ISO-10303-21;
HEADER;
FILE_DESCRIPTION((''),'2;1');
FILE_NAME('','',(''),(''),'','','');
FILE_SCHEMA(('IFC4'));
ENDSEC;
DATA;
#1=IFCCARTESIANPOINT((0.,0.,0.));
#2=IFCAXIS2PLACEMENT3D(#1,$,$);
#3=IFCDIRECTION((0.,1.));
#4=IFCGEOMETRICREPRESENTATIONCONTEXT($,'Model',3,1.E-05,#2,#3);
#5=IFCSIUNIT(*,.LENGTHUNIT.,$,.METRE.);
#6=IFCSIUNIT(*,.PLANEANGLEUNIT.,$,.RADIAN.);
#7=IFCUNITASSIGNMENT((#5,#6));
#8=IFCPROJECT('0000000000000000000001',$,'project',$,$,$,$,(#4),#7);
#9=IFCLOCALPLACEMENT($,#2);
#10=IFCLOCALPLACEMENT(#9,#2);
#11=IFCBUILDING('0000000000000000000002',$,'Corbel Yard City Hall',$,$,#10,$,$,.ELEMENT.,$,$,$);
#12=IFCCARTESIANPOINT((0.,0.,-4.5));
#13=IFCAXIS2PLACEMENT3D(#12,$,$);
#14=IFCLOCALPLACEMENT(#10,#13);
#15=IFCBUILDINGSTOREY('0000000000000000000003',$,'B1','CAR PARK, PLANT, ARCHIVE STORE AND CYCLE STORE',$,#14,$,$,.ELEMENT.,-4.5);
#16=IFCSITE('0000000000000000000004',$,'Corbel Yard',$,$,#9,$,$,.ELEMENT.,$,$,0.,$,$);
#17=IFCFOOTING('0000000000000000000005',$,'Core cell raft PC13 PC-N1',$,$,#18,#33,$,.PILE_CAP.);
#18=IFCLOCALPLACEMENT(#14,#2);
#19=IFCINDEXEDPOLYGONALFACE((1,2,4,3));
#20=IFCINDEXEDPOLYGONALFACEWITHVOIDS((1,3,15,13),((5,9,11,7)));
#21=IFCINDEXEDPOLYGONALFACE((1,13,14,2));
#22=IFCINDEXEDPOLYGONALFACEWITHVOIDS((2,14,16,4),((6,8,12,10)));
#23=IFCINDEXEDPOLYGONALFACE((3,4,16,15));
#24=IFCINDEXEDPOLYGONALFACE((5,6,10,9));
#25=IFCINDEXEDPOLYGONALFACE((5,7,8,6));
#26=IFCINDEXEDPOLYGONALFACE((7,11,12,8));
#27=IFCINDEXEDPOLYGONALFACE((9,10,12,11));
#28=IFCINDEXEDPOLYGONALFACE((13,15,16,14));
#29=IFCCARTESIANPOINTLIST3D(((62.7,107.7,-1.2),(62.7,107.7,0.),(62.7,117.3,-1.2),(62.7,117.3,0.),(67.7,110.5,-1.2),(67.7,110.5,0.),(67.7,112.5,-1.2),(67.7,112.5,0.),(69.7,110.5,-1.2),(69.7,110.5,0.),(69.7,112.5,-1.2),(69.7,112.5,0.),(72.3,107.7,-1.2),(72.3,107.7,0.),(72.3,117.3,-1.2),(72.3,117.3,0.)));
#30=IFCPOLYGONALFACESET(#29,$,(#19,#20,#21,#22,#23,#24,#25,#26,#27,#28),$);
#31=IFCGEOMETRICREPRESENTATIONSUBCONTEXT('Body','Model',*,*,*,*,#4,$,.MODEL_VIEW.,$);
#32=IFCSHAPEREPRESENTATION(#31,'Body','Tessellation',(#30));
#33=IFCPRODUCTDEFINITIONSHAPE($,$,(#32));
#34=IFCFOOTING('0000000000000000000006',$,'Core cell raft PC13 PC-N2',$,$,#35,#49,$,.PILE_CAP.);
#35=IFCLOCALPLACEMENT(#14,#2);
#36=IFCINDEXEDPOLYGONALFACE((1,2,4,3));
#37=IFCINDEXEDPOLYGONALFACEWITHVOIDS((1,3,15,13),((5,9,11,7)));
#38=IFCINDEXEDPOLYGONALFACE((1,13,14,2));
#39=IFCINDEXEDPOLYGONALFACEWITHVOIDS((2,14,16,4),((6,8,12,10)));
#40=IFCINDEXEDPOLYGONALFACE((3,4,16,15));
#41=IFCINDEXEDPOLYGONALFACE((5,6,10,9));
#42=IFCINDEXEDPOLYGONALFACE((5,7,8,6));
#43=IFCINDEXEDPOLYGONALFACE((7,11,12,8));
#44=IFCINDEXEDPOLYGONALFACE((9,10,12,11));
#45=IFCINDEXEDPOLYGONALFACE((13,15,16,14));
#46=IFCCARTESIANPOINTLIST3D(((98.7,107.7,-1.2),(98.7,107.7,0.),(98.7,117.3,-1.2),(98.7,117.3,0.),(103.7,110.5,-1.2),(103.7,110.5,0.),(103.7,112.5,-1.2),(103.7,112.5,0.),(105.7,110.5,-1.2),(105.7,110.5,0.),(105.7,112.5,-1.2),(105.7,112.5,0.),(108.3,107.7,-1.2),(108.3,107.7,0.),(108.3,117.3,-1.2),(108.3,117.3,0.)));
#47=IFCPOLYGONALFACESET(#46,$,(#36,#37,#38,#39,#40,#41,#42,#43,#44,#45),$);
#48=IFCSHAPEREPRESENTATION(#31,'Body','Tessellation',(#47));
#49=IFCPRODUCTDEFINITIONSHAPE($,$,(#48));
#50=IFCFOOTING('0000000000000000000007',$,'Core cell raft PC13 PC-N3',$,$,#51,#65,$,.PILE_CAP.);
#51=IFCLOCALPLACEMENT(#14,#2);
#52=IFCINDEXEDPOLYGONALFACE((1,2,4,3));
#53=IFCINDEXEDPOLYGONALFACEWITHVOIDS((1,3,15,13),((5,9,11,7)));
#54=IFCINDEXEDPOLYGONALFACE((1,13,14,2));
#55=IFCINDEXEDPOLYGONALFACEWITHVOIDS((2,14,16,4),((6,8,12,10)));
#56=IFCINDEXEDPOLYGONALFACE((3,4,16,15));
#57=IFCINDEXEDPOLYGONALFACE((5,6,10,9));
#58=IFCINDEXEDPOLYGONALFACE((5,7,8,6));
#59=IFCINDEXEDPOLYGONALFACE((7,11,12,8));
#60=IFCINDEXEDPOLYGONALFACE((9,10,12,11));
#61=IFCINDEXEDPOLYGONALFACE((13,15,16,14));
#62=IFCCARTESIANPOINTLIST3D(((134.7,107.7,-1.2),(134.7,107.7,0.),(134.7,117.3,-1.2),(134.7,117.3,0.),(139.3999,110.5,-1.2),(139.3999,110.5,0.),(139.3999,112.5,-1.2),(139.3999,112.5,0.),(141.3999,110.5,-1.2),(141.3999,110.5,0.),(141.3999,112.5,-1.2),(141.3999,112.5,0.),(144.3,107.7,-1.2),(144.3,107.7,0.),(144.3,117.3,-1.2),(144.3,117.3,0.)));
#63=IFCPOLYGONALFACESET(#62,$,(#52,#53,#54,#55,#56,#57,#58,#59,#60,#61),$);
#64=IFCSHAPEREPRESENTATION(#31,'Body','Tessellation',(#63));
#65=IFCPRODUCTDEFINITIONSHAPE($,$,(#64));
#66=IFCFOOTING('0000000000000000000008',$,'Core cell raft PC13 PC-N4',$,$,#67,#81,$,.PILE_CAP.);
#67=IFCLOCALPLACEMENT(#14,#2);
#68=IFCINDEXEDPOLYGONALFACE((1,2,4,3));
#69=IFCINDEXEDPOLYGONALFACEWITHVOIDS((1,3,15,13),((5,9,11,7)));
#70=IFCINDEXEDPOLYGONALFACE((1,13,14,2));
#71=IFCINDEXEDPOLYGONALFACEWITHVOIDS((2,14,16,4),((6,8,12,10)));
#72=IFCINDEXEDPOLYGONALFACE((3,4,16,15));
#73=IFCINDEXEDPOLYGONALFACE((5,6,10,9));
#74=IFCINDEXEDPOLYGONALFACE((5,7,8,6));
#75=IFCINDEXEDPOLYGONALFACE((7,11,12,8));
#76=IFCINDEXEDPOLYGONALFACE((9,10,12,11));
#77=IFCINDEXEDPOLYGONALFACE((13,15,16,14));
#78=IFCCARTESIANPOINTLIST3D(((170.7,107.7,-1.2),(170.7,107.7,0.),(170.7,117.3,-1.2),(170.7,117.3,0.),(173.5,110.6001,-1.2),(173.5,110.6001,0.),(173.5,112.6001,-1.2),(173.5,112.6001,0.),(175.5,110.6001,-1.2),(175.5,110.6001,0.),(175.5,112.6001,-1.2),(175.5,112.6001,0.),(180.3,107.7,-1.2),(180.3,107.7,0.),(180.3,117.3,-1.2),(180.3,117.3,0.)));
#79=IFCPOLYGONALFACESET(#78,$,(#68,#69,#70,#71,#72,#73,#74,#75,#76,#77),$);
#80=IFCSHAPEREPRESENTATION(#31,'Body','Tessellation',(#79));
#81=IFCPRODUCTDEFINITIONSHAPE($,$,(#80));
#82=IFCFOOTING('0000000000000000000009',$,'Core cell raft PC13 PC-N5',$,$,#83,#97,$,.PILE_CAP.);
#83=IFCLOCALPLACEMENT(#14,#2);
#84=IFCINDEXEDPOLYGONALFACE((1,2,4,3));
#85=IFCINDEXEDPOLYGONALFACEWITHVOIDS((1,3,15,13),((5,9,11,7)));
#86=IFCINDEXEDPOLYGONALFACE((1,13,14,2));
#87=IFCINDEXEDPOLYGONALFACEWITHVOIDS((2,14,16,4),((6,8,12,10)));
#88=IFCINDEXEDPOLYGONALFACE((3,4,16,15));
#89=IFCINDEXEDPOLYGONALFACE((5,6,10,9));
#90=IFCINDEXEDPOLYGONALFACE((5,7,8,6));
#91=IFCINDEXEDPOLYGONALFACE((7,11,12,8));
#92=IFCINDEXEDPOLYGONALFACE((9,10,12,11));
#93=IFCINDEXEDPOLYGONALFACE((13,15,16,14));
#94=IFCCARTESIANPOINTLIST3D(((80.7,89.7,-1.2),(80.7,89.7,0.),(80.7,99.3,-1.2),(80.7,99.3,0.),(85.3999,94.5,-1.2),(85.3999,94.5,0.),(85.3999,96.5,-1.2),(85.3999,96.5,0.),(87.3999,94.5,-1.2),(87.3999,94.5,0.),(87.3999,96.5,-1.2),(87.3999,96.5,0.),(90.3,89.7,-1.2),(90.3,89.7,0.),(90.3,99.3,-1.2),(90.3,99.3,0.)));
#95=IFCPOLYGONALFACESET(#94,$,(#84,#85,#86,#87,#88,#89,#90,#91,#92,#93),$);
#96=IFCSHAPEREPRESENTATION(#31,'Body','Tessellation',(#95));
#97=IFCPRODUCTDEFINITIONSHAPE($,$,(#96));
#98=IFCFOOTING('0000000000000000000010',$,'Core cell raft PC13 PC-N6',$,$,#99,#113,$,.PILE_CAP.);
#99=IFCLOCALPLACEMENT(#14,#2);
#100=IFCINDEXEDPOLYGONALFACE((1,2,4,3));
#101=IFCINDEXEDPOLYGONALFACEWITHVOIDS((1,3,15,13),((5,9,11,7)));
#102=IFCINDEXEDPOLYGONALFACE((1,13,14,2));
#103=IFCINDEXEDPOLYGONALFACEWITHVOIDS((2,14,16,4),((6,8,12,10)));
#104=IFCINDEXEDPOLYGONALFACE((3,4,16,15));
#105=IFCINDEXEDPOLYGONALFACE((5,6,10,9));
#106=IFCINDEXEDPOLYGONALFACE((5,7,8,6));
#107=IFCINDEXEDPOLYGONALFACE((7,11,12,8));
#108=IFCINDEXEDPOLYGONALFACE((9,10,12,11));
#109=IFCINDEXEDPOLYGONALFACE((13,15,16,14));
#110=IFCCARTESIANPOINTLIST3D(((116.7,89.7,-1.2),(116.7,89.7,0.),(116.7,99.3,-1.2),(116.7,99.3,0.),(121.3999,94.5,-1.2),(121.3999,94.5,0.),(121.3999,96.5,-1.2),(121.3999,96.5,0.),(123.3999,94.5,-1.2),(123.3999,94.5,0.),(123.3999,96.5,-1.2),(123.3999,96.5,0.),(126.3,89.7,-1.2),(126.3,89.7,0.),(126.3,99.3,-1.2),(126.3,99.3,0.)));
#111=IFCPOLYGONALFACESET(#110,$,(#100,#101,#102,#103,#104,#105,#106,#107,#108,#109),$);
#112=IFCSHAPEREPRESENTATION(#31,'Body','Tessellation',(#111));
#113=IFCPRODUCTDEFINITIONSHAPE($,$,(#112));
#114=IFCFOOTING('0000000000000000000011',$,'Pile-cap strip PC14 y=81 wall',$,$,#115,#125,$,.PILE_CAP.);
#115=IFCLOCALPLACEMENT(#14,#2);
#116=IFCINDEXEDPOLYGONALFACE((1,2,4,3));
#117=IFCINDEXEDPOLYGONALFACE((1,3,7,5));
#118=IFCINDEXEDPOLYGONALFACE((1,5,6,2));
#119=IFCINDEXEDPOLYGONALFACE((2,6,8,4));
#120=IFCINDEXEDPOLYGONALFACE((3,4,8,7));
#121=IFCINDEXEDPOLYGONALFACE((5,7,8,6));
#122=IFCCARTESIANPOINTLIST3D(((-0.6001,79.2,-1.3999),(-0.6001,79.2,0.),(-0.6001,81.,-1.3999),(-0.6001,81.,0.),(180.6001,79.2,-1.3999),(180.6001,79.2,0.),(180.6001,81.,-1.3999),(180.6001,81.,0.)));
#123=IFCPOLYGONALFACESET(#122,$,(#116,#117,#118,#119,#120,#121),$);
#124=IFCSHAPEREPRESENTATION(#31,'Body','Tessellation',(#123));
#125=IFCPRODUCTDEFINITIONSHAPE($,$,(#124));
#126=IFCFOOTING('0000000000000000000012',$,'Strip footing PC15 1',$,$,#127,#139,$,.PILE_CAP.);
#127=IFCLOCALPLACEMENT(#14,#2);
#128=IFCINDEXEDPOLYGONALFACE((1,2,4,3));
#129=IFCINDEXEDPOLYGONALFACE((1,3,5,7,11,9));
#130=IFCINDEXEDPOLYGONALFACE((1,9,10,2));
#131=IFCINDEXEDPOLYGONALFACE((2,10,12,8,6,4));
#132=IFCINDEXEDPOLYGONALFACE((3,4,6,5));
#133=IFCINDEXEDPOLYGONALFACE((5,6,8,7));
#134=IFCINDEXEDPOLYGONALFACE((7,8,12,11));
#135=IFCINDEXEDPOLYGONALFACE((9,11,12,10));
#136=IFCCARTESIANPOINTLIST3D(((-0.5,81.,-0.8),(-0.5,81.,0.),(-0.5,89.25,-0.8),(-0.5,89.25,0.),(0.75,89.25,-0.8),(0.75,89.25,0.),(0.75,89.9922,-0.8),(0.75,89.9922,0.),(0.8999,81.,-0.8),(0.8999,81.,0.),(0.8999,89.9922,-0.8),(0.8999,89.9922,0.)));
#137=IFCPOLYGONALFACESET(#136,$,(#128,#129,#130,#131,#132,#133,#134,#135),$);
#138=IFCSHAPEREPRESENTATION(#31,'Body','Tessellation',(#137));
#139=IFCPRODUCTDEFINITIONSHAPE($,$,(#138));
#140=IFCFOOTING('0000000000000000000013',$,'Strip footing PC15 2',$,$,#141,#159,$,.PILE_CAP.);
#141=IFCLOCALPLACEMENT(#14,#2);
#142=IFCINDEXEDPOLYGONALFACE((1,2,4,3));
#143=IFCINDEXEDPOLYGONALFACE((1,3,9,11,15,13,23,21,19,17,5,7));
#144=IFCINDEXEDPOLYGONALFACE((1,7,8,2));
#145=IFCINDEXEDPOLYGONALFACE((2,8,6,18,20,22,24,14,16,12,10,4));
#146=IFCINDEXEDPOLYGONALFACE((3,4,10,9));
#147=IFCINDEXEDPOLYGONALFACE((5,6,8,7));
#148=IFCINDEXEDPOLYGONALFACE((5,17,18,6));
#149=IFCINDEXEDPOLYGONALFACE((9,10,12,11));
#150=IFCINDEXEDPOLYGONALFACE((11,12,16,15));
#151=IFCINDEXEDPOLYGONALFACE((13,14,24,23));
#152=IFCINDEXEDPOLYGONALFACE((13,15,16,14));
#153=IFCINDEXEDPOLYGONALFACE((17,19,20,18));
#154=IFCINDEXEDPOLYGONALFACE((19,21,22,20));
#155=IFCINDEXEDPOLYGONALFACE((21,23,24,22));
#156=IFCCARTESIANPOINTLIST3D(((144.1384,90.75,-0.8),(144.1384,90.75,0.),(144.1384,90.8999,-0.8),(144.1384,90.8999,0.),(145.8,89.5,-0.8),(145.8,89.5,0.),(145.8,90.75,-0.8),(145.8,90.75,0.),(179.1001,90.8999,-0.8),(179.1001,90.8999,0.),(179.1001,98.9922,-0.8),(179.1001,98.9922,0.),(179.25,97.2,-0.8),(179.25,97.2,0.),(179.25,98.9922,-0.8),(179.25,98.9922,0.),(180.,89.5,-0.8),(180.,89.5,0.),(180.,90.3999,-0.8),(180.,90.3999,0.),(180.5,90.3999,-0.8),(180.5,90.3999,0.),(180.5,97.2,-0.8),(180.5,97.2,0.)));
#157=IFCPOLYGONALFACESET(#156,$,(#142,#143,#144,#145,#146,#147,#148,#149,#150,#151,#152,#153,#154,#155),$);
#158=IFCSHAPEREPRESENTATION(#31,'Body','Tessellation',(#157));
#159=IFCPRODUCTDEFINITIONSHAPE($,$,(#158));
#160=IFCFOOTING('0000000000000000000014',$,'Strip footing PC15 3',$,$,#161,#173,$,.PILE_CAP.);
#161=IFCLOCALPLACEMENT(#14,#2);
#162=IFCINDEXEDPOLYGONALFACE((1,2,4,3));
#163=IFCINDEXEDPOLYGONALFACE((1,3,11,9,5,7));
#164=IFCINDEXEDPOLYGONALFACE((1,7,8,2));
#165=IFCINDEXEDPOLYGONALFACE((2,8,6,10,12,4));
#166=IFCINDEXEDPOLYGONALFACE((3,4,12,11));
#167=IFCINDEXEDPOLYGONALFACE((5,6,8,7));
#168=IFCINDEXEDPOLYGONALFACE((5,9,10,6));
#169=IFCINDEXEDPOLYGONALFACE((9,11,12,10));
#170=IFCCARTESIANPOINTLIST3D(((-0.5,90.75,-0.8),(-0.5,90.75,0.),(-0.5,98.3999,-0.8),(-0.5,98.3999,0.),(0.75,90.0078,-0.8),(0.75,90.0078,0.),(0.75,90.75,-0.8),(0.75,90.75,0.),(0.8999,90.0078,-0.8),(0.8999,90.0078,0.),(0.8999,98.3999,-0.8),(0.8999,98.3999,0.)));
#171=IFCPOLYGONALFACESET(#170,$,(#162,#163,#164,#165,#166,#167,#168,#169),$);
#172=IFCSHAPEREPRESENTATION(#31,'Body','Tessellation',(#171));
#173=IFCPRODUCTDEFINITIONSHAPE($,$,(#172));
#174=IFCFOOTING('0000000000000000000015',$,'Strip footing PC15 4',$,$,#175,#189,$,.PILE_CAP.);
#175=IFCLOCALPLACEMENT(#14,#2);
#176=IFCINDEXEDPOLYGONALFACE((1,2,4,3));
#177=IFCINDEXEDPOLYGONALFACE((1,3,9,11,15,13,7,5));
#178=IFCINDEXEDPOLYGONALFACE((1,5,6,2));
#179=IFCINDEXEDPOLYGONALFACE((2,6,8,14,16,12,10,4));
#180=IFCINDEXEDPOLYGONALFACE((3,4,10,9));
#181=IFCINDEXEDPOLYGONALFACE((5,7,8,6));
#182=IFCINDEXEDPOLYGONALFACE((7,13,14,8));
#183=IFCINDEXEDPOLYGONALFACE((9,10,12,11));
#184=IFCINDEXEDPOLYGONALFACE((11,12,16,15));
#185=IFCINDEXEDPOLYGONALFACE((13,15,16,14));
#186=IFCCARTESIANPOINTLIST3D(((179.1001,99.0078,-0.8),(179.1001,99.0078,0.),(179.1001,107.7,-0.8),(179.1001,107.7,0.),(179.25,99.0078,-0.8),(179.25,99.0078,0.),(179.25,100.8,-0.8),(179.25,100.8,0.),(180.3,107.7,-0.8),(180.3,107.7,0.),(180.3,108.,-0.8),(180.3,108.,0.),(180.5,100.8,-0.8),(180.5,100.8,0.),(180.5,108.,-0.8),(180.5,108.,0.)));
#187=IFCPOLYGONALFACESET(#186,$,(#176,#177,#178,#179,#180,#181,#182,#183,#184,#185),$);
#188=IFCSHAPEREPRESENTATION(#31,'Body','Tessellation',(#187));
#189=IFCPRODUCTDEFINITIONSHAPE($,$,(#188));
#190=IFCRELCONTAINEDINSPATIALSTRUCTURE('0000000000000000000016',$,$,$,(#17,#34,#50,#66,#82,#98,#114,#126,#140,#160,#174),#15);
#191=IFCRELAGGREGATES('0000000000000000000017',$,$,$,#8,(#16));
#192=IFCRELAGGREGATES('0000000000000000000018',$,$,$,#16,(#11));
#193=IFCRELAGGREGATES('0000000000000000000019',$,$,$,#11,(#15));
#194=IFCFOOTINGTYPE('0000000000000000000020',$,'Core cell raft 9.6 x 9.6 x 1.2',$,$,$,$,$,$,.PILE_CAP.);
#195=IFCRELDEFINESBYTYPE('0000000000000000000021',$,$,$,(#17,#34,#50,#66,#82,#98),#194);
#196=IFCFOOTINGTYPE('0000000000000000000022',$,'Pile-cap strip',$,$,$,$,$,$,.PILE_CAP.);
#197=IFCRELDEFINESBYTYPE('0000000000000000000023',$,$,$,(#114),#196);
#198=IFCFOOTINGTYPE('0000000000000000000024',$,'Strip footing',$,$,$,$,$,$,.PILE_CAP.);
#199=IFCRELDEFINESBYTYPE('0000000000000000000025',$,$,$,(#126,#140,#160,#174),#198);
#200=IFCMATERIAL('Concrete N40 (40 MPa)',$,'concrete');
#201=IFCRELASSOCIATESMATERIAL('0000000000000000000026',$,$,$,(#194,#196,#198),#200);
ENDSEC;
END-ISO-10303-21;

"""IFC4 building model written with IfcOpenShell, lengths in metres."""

from ifc_helpers import new_model, si_unit, direction, frame, origin, place, context, subcontext, project, spatial, polyline, outline, extrude, material, type_object, element, save


model = new_model("IFC4")

# Units and contexts
model_context = context("Model", 3, precision=1e-05, world=origin(), true_north=direction((0.0, 1.0)))
body_context = subcontext(model_context, "Body", "Model", "MODEL_VIEW")
ifc_project = project(units=[si_unit("LENGTHUNIT", "METRE"), si_unit("PLANEANGLEUNIT", "RADIAN")], contexts=[model_context])

# Site, building, storey
site_placement = place(None, origin())
site = spatial("IfcSite", under=ifc_project, at=site_placement, Name="Corbel Yard", CompositionType="ELEMENT", RefElevation=0.0)
building_placement = place(site_placement, origin())
building = spatial("IfcBuilding", under=site, at=building_placement, Name="Corbel Yard City Hall", CompositionType="ELEMENT")
storey_placement = place(building_placement, frame((0.0, 0.0, -4.5)))
storey = spatial("IfcBuildingStorey", under=building, at=storey_placement, Name="B1", Description="CAR PARK, PLANT, ARCHIVE STORE AND CYCLE STORE", CompositionType="ELEMENT", Elevation=-4.5)

# Footings
ifc_material = material(Name="Concrete N40 (40 MPa)", Category="concrete")
footing_type_1 = type_object("IfcFootingType", Name="Core cell raft 9.6 x 9.6 x 1.2", PredefinedType="PILE_CAP", material=ifc_material)
footing_1_placement = place(storey_placement, frame((0.0, 0.0, -1.2)))
element("IfcFooting", 1, at=footing_1_placement, inside=storey, type_object=footing_type_1, Name="Core cell raft PC13 PC-N1", PredefinedType="PILE_CAP", context=body_context, shape_type="SweptSolid", body=[
    extrude(outline(polyline([(62.7, 107.7), (72.3, 107.7), (72.3, 117.3), (62.7, 117.3), (62.7, 107.7)]), holes=[polyline([(67.7, 110.5), (67.7, 112.5), (69.7, 112.5), (69.7, 110.5), (67.7, 110.5)])]), origin(), (0.0, 0.0, 1.0), 1.2),
])
footing_2_placement = place(storey_placement, frame((0.0, 0.0, -1.2)))
element("IfcFooting", 2, at=footing_2_placement, inside=storey, type_object=footing_type_1, Name="Core cell raft PC13 PC-N2", PredefinedType="PILE_CAP", context=body_context, shape_type="SweptSolid", body=[
    extrude(outline(polyline([(98.7, 107.7), (108.3, 107.7), (108.3, 117.3), (98.7, 117.3), (98.7, 107.7)]), holes=[polyline([(103.7, 110.5), (103.7, 112.5), (105.7, 112.5), (105.7, 110.5), (103.7, 110.5)])]), origin(), (0.0, 0.0, 1.0), 1.2),
])
footing_3_placement = place(storey_placement, frame((0.0, 0.0, -1.2)))
element("IfcFooting", 3, at=footing_3_placement, inside=storey, type_object=footing_type_1, Name="Core cell raft PC13 PC-N3", PredefinedType="PILE_CAP", context=body_context, shape_type="SweptSolid", body=[
    extrude(outline(polyline([(134.7, 107.7), (144.3, 107.7), (144.3, 117.3), (134.7, 117.3), (134.7, 107.7)]), holes=[polyline([(139.3999, 110.5), (139.3999, 112.5), (141.3999, 112.5), (141.3999, 110.5), (139.3999, 110.5)])]), origin(), (0.0, 0.0, 1.0), 1.2),
])
footing_4_placement = place(storey_placement, frame((0.0, 0.0, -1.2)))
element("IfcFooting", 4, at=footing_4_placement, inside=storey, type_object=footing_type_1, Name="Core cell raft PC13 PC-N4", PredefinedType="PILE_CAP", context=body_context, shape_type="SweptSolid", body=[
    extrude(outline(polyline([(170.7, 107.7), (180.3, 107.7), (180.3, 117.3), (170.7, 117.3), (170.7, 107.7)]), holes=[polyline([(173.5, 110.6001), (173.5, 112.6001), (175.5, 112.6001), (175.5, 110.6001), (173.5, 110.6001)])]), origin(), (0.0, 0.0, 1.0), 1.2),
])
footing_5_placement = place(storey_placement, frame((0.0, 0.0, -1.2)))
element("IfcFooting", 5, at=footing_5_placement, inside=storey, type_object=footing_type_1, Name="Core cell raft PC13 PC-N5", PredefinedType="PILE_CAP", context=body_context, shape_type="SweptSolid", body=[
    extrude(outline(polyline([(80.7, 89.7), (90.3, 89.7), (90.3, 99.3), (80.7, 99.3), (80.7, 89.7)]), holes=[polyline([(85.3999, 94.5), (85.3999, 96.5), (87.3999, 96.5), (87.3999, 94.5), (85.3999, 94.5)])]), origin(), (0.0, 0.0, 1.0), 1.2),
])
footing_6_placement = place(storey_placement, frame((0.0, 0.0, -1.2)))
element("IfcFooting", 6, at=footing_6_placement, inside=storey, type_object=footing_type_1, Name="Core cell raft PC13 PC-N6", PredefinedType="PILE_CAP", context=body_context, shape_type="SweptSolid", body=[
    extrude(outline(polyline([(116.7, 89.7), (126.3, 89.7), (126.3, 99.3), (116.7, 99.3), (116.7, 89.7)]), holes=[polyline([(121.3999, 94.5), (121.3999, 96.5), (123.3999, 96.5), (123.3999, 94.5), (121.3999, 94.5)])]), origin(), (0.0, 0.0, 1.0), 1.2),
])
footing_type_2 = type_object("IfcFootingType", Name="Pile-cap strip", PredefinedType="PILE_CAP", material=ifc_material)
footing_7_placement = place(storey_placement, frame((0.0, 0.0, -1.3999)))
element("IfcFooting", 7, at=footing_7_placement, inside=storey, type_object=footing_type_2, Name="Pile-cap strip PC14 y=81 wall", PredefinedType="PILE_CAP", context=body_context, shape_type="SweptSolid", body=[
    extrude(outline(polyline([(180.6001, 79.2), (180.6001, 81.0), (-0.6001, 81.0), (-0.6001, 79.2), (180.6001, 79.2)])), origin(), (0.0, 0.0, 1.0), 1.3999),
])
footing_type_3 = type_object("IfcFootingType", Name="Strip footing", PredefinedType="PILE_CAP", material=ifc_material)
footing_8_placement = place(storey_placement, frame((0.0, 0.0, -0.8)))
element("IfcFooting", 8, at=footing_8_placement, inside=storey, type_object=footing_type_3, Name="Strip footing PC15 1", PredefinedType="PILE_CAP", context=body_context, shape_type="SweptSolid", body=[
    extrude(outline(polyline([(-0.5, 89.25), (-0.5, 81.0), (0.8999, 81.0), (0.8999, 89.9922), (0.75, 89.9922), (0.75, 89.25), (-0.5, 89.25)])), origin(), (0.0, 0.0, 1.0), 0.8),
])
footing_9_placement = place(storey_placement, frame((0.0, 0.0, -0.8)))
element("IfcFooting", 9, at=footing_9_placement, inside=storey, type_object=footing_type_3, Name="Strip footing PC15 2", PredefinedType="PILE_CAP", context=body_context, shape_type="SweptSolid", body=[
    extrude(outline(polyline([(145.8, 90.75), (145.8, 89.5), (180.0, 89.5), (180.0, 90.3999), (180.5, 90.3999), (180.5, 97.2), (179.25, 97.2), (179.25, 98.9922), (179.1001, 98.9922), (179.1001, 90.8999), (144.1384, 90.8999), (144.1384, 90.75), (145.8, 90.75)])), origin(), (0.0, 0.0, 1.0), 0.8),
])
footing_10_placement = place(storey_placement, frame((0.0, 0.0, -0.8)))
element("IfcFooting", 10, at=footing_10_placement, inside=storey, type_object=footing_type_3, Name="Strip footing PC15 3", PredefinedType="PILE_CAP", context=body_context, shape_type="SweptSolid", body=[
    extrude(outline(polyline([(0.75, 90.75), (0.75, 90.0078), (0.8999, 90.0078), (0.8999, 98.3999), (-0.5, 98.3999), (-0.5, 90.75), (0.75, 90.75)])), origin(), (0.0, 0.0, 1.0), 0.8),
])
footing_11_placement = place(storey_placement, frame((0.0, 0.0, -0.8)))
element("IfcFooting", 11, at=footing_11_placement, inside=storey, type_object=footing_type_3, Name="Strip footing PC15 4", PredefinedType="PILE_CAP", context=body_context, shape_type="SweptSolid", body=[
    extrude(outline(polyline([(180.5, 108.0), (180.3, 108.0), (180.3, 107.7), (179.1001, 107.7), (179.1001, 99.0078), (179.25, 99.0078), (179.25, 100.8), (180.5, 100.8), (180.5, 108.0)])), origin(), (0.0, 0.0, 1.0), 0.8),
])

save(model, "model.ifc")
